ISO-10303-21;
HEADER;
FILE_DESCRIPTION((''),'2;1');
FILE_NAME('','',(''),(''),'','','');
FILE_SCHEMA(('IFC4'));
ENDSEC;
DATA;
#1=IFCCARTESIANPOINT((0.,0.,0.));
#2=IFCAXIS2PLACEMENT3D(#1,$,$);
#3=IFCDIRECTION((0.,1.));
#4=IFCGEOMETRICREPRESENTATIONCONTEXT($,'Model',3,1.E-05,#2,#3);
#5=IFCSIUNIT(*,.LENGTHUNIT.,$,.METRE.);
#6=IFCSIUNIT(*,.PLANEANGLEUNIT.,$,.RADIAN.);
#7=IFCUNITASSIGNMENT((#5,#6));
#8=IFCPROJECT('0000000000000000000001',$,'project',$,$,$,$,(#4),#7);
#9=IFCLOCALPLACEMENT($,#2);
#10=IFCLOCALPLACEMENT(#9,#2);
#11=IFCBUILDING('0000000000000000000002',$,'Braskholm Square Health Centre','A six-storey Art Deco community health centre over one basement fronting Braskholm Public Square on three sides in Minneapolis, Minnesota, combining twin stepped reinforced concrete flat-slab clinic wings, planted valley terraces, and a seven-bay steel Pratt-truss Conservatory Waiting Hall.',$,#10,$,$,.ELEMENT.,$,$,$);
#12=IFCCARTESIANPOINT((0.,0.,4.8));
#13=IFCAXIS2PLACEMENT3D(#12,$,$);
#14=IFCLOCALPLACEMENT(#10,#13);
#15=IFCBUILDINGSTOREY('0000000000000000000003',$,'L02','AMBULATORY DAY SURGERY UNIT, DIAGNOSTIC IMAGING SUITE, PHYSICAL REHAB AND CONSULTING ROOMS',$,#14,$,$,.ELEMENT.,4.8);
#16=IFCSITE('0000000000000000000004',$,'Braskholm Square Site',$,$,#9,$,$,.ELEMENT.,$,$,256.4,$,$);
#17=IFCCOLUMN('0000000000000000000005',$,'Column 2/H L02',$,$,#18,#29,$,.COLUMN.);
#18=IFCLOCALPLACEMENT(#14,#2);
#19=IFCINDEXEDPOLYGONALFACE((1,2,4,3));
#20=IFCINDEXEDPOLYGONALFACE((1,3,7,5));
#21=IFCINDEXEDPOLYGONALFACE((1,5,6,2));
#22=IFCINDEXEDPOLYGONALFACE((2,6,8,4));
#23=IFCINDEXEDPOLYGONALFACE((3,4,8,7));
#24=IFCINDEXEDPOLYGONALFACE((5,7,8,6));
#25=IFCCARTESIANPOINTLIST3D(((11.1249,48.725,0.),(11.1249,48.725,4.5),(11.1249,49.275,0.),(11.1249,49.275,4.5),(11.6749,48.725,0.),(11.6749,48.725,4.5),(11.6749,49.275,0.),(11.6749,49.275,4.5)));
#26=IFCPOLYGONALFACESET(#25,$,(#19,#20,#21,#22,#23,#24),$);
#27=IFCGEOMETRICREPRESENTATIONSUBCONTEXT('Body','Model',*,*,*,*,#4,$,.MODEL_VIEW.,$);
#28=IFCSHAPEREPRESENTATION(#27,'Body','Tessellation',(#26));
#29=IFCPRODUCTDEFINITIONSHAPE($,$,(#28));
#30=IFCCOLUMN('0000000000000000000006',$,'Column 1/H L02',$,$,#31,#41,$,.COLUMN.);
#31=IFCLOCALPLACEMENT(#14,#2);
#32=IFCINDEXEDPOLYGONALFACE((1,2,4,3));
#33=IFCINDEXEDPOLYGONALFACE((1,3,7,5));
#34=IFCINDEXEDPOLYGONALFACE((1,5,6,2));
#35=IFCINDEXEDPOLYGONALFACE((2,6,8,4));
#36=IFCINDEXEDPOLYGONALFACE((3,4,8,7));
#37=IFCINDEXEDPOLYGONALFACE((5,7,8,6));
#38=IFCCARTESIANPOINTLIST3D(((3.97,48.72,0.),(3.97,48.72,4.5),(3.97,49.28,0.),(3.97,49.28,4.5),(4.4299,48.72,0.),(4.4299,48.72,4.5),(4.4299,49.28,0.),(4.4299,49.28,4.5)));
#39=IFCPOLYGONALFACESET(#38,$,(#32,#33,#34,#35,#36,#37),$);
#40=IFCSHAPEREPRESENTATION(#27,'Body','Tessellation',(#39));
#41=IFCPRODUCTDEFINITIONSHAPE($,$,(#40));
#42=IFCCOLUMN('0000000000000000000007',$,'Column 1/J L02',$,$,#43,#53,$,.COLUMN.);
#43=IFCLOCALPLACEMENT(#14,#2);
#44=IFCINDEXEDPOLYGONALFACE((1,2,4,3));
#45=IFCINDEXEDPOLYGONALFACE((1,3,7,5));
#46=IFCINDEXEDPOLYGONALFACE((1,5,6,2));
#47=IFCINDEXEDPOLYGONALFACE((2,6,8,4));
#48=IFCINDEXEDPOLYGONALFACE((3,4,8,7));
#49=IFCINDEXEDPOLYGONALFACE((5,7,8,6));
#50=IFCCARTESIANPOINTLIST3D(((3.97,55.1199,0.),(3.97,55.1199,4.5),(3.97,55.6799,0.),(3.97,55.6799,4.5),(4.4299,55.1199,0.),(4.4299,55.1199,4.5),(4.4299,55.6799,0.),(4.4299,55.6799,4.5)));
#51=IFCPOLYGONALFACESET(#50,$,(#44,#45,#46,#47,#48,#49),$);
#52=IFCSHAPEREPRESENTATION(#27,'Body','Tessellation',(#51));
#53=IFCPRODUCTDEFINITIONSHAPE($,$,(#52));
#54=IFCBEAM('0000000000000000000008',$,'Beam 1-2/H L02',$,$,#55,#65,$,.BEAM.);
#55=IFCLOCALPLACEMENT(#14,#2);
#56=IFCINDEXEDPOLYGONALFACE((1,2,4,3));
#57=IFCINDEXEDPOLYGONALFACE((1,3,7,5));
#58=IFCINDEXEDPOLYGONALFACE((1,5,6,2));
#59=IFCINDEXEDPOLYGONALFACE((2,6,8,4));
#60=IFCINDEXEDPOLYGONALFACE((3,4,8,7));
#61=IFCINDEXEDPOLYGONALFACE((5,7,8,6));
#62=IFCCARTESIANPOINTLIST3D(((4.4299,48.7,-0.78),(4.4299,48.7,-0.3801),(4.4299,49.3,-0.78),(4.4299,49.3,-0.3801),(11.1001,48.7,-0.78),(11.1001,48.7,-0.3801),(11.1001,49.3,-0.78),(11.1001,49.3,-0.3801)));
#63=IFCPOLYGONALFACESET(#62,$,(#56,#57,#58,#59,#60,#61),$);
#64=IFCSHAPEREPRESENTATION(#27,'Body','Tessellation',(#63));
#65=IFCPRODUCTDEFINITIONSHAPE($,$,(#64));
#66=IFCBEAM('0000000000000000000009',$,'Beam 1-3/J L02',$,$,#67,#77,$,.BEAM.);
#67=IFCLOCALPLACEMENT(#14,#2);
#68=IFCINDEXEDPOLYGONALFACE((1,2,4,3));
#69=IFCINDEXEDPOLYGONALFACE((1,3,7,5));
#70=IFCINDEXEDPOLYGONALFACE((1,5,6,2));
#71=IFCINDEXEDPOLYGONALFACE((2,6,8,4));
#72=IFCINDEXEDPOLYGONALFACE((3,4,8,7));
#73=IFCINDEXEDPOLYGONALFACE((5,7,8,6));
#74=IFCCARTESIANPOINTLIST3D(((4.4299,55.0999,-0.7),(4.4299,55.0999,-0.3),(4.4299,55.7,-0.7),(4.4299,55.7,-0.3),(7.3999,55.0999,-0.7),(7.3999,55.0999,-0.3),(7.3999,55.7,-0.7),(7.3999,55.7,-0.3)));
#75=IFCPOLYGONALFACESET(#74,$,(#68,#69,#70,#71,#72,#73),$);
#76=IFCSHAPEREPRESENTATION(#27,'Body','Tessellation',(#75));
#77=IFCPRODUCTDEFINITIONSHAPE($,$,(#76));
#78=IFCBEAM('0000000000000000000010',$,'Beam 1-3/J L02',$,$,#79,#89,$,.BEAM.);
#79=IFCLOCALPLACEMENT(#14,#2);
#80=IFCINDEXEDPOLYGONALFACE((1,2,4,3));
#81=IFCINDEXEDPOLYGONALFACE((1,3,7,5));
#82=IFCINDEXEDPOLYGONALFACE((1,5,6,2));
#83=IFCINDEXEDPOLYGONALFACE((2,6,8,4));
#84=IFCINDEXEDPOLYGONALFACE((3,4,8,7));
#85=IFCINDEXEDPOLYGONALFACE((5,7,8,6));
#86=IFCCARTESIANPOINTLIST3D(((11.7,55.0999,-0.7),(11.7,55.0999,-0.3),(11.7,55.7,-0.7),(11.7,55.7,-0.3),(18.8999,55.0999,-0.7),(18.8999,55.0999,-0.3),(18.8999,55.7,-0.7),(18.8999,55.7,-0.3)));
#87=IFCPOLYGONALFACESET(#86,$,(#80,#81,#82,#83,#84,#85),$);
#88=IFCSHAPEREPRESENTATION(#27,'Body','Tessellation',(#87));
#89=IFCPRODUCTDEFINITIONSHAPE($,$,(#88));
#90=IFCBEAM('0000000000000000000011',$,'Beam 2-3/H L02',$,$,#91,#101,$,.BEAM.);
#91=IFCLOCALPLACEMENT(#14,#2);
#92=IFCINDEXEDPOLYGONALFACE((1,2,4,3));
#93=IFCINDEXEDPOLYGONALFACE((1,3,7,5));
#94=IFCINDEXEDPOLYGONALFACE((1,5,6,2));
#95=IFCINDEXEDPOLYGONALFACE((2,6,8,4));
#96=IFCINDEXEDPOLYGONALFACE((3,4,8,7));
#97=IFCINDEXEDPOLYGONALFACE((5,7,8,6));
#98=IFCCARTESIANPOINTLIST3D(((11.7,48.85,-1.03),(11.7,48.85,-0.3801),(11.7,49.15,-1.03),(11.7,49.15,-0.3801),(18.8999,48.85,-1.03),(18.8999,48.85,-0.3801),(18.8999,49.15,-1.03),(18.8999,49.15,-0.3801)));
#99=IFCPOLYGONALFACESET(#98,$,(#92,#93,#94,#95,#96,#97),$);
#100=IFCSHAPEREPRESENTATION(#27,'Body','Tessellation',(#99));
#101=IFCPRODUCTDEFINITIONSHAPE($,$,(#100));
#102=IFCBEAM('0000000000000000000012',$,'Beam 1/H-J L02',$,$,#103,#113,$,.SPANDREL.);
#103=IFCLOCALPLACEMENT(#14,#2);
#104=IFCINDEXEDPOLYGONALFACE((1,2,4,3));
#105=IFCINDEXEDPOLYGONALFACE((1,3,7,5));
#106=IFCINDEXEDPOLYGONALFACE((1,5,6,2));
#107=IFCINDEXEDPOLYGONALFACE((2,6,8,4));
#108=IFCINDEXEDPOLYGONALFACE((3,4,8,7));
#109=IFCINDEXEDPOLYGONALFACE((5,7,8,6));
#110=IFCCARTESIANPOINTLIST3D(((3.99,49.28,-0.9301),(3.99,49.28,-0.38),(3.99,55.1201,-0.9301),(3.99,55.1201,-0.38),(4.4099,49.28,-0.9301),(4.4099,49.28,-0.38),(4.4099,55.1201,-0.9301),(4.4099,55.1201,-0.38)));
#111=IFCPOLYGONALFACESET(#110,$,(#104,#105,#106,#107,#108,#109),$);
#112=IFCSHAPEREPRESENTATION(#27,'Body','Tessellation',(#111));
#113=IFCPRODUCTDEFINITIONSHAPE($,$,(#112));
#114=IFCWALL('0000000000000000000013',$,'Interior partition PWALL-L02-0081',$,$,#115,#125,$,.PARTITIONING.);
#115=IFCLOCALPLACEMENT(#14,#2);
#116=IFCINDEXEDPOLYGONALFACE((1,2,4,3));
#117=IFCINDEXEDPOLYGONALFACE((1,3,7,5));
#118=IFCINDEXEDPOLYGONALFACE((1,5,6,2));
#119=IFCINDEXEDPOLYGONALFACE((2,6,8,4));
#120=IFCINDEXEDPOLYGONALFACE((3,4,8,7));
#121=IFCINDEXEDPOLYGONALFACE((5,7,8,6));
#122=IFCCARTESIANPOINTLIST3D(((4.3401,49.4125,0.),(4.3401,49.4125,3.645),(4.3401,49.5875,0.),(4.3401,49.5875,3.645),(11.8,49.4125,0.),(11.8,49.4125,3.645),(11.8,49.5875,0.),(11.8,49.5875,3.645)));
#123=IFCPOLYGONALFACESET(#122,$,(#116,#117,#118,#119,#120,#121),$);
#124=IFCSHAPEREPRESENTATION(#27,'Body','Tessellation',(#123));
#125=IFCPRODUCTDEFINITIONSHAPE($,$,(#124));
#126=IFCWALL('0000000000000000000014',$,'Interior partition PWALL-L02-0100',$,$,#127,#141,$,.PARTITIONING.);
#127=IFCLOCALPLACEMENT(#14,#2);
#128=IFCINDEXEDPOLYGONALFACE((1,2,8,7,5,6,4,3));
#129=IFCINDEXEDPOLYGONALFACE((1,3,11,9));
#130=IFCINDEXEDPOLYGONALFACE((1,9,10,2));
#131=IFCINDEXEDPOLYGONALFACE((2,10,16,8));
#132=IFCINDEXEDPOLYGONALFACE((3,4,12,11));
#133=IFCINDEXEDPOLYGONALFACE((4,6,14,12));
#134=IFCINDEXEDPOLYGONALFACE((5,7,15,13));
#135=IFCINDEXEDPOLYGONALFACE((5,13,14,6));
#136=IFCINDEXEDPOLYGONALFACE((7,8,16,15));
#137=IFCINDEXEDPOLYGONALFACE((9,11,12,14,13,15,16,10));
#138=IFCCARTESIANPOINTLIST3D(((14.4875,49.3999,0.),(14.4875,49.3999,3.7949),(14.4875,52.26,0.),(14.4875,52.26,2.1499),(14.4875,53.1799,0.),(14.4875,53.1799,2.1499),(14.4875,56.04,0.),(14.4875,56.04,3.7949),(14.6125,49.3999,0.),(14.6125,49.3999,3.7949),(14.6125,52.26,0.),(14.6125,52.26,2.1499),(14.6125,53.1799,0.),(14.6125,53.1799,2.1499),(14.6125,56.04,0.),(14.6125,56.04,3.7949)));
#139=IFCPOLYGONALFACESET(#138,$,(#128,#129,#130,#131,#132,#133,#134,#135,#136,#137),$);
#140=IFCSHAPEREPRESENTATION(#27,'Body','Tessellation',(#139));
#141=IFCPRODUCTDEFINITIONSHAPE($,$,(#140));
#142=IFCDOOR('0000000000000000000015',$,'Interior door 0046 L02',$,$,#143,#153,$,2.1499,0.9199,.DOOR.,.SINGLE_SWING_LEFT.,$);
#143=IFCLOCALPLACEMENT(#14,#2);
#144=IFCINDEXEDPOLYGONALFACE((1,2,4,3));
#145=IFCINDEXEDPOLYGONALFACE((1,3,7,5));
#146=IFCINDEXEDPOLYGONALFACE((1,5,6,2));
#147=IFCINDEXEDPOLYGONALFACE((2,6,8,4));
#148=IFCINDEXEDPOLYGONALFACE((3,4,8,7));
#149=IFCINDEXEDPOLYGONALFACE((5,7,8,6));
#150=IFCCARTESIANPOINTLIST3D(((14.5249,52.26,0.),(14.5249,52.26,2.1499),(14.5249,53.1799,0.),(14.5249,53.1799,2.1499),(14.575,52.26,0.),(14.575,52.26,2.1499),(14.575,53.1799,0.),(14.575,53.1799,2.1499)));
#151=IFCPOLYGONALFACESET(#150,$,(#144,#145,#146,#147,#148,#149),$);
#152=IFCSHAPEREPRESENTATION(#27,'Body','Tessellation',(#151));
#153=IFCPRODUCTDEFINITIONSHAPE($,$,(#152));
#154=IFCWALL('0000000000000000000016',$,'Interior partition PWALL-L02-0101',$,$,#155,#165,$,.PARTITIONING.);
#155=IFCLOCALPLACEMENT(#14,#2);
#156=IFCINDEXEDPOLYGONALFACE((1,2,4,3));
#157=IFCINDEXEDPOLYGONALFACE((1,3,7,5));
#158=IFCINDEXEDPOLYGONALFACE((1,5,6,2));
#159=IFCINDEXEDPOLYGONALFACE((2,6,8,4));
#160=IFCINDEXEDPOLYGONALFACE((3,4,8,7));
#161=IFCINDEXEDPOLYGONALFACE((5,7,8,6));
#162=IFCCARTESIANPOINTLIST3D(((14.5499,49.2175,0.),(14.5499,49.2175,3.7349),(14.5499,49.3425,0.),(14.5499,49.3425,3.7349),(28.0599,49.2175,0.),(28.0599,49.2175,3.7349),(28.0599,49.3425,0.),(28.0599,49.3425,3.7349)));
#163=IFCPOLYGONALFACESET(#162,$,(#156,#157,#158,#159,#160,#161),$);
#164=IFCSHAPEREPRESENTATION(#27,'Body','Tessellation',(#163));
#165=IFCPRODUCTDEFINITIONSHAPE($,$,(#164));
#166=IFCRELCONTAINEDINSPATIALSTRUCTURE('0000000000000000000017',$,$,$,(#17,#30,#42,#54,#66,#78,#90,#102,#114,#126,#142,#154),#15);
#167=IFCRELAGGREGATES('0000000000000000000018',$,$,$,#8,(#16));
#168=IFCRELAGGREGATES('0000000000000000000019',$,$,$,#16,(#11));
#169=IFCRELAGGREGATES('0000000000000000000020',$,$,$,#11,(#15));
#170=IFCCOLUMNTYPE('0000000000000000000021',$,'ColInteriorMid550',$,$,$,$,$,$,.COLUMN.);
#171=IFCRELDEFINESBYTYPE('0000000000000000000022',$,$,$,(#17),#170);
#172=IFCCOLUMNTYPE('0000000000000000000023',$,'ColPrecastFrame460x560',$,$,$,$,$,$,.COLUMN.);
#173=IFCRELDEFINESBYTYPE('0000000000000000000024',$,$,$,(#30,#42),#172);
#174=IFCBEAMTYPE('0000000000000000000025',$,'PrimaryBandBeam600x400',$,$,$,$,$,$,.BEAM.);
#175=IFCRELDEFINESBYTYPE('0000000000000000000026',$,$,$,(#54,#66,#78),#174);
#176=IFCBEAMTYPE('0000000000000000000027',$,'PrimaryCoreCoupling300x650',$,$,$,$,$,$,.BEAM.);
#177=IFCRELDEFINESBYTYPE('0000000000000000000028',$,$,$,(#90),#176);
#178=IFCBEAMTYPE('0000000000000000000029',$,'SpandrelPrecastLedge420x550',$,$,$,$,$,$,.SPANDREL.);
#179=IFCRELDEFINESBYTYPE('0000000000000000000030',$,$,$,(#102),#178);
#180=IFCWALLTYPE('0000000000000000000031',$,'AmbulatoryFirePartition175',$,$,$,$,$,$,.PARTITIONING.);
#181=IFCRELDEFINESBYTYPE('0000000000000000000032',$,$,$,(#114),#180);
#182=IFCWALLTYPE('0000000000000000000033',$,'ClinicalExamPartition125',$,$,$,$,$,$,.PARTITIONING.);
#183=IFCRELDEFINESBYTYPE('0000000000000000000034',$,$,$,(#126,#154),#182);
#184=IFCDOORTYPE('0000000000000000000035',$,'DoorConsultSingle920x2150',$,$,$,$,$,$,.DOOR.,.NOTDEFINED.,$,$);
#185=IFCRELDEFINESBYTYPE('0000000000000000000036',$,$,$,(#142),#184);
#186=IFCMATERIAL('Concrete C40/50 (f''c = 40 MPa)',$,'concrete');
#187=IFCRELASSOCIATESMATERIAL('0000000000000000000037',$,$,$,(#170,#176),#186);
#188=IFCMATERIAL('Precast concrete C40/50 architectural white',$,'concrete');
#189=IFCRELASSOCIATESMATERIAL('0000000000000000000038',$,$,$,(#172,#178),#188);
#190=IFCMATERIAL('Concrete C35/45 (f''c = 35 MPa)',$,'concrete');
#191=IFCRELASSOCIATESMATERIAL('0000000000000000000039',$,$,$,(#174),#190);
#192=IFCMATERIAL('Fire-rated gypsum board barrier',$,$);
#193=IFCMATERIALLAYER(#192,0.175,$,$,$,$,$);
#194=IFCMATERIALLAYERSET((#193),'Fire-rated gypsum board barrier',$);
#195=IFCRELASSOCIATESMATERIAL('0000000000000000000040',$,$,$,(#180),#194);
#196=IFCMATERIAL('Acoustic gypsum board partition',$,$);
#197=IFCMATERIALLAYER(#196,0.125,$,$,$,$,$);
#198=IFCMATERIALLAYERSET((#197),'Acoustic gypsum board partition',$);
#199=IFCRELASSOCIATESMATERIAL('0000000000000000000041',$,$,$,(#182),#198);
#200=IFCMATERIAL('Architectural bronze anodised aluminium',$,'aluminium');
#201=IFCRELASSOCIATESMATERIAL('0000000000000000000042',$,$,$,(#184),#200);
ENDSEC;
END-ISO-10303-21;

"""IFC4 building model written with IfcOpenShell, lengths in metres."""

from ifc_helpers import new_model, si_unit, direction, frame, frame_2d, origin, origin_2d, place, context, subcontext, project, spatial, rectangle, extrude, material, layer, layer_set, material_profile, profile_set, type_object, element, fill, save


model = new_model("IFC4")

# Units and contexts
model_context = context("Model", 3, precision=1e-05, world=origin(), true_north=direction((0.0, 1.0)))
body_context = subcontext(model_context, "Body", "Model", "MODEL_VIEW")
ifc_project = project(units=[si_unit("LENGTHUNIT", "METRE"), si_unit("PLANEANGLEUNIT", "RADIAN")], contexts=[model_context])

# Site, building, storey
site_placement = place(None, origin())
site = spatial("IfcSite", under=ifc_project, at=site_placement, Name="Braskholm Square Site", CompositionType="ELEMENT", RefElevation=256.4)
building_placement = place(site_placement, origin())
building = spatial("IfcBuilding", under=site, at=building_placement, Name="Braskholm Square Health Centre", Description="A six-storey Art Deco community health centre over one basement fronting Braskholm Public Square on three sides in Minneapolis, Minnesota, combining twin stepped reinforced concrete flat-slab clinic wings, planted valley terraces, and a seven-bay steel Pratt-truss Conservatory Waiting Hall.", CompositionType="ELEMENT")
storey_placement = place(building_placement, frame((0.0, 0.0, 4.8)))
storey = spatial("IfcBuildingStorey", under=building, at=storey_placement, Name="L02", Description="AMBULATORY DAY SURGERY UNIT, DIAGNOSTIC IMAGING SUITE, PHYSICAL REHAB AND CONSULTING ROOMS", CompositionType="ELEMENT", Elevation=4.8)

# Columns
ifc_material_1 = material(Name="Concrete C40/50 (f'c = 40 MPa)", Category="concrete")
ifc_material_profile_1 = material_profile(ifc_material_1, rectangle(XDim=0.55, YDim=0.55, at=origin_2d()), Name="RC-550X550")
ifc_profile_set_1 = profile_set([ifc_material_profile_1], Name="Concrete C40/50 (f'c = 40 MPa)")
column_type_1 = type_object("IfcColumnType", Name="ColInteriorMid550", PredefinedType="COLUMN", material=ifc_profile_set_1)
column_placement = place(storey_placement, frame((11.3999, 49.0, 0.0), z_axis=(0.0, 0.0, 1.0), x_axis=(1.0, 0.0, 0.0)))
element("IfcColumn", 1, at=column_placement, inside=storey, type_object=column_type_1, Name="Column 2/H L02", PredefinedType="COLUMN", context=body_context, shape_type="SweptSolid", body=[
    extrude(rectangle(XDim=0.55, YDim=0.55, at=origin_2d()), origin(), (0.0, 0.0, 1.0), 4.5),
])
ifc_material_2 = material(Name="Precast concrete C40/50 architectural white", Category="concrete")
ifc_material_profile_2 = material_profile(ifc_material_2, rectangle(XDim=0.46, YDim=0.5601, at=origin_2d()), Name="RC-460X560")
ifc_profile_set_2 = profile_set([ifc_material_profile_2], Name="Precast concrete C40/50 architectural white")
column_type_2 = type_object("IfcColumnType", Name="ColPrecastFrame460x560", PredefinedType="COLUMN", material=ifc_profile_set_2)
for number, where, z_axis, x_axis, name in (
    (2, (4.2, 49.0, 0.0), (0.0, 0.0, 1.0), (1.0, 0.0, 0.0), "Column 1/H L02"),
    (3, (4.2, 55.3999, 0.0), (0.0, 0.0, 1.0), (1.0, 0.0, 0.0), "Column 1/J L02"),
):
    element("IfcColumn", number, at=place(storey_placement, frame(where, z_axis=z_axis, x_axis=x_axis)), inside=storey, type_object=column_type_2, Name=name, PredefinedType="COLUMN", context=body_context, shape_type="SweptSolid", body=[
        extrude(rectangle(XDim=0.46, YDim=0.5601, at=origin_2d()), origin(), (0.0, 0.0, 1.0), 4.5),
    ])

# Beams
ifc_material_3 = material(Name="Concrete C35/45 (f'c = 35 MPa)", Category="concrete")
ifc_material_profile_3 = material_profile(ifc_material_3, rectangle(XDim=0.6001, YDim=0.3999, at=origin_2d()), Name="RCB-600X400")
ifc_profile_set_3 = profile_set([ifc_material_profile_3], Name="Concrete C35/45 (f'c = 35 MPa)")
beam_type_1 = type_object("IfcBeamType", Name="PrimaryBandBeam600x400", PredefinedType="BEAM", material=ifc_profile_set_3)
beam_1_placement = place(storey_placement, frame((4.4299, 49.0, -0.5801), z_axis=(1.0, 0.0, 0.0), x_axis=(0.0, 1.0, 0.0)))
element("IfcBeam", 4, at=beam_1_placement, inside=storey, type_object=beam_type_1, Name="Beam 1-2/H L02", PredefinedType="BEAM", context=body_context, shape_type="SweptSolid", body=[
    extrude(rectangle(XDim=0.6001, YDim=0.3999, at=origin_2d()), origin(), (0.0, 0.0, 1.0), 6.6702),
])
beam_2_placement = place(storey_placement, frame((4.4299, 55.3999, -0.5), z_axis=(1.0, 0.0, 0.0), x_axis=(0.0, 1.0, 0.0)))
element("IfcBeam", 5, at=beam_2_placement, inside=storey, type_object=beam_type_1, Name="Beam 1-3/J L02", PredefinedType="BEAM", context=body_context, shape_type="SweptSolid", body=[
    extrude(rectangle(XDim=0.6001, YDim=0.3999, at=origin_2d()), origin(), (0.0, 0.0, 1.0), 2.97),
])
beam_3_placement = place(storey_placement, frame((11.7, 55.3999, -0.5), z_axis=(1.0, 0.0, 0.0), x_axis=(0.0, 1.0, 0.0)))
element("IfcBeam", 6, at=beam_3_placement, inside=storey, type_object=beam_type_1, Name="Beam 1-3/J L02", PredefinedType="BEAM", context=body_context, shape_type="SweptSolid", body=[
    extrude(rectangle(XDim=0.6001, YDim=0.3999, at=origin_2d()), origin(), (0.0, 0.0, 1.0), 7.2),
])
ifc_material_profile_4 = material_profile(ifc_material_1, rectangle(XDim=0.3, YDim=0.6499, at=origin_2d()), Name="RCB-300X650")
ifc_profile_set_4 = profile_set([ifc_material_profile_4], Name="Concrete C40/50 (f'c = 40 MPa)")
beam_type_2 = type_object("IfcBeamType", Name="PrimaryCoreCoupling300x650", PredefinedType="BEAM", material=ifc_profile_set_4)
beam_4_placement = place(storey_placement, frame((11.7, 49.0, -0.7051), z_axis=(1.0, 0.0, 0.0), x_axis=(0.0, 1.0, 0.0)))
element("IfcBeam", 7, at=beam_4_placement, inside=storey, type_object=beam_type_2, Name="Beam 2-3/H L02", PredefinedType="BEAM", context=body_context, shape_type="SweptSolid", body=[
    extrude(rectangle(XDim=0.3, YDim=0.6499, at=origin_2d()), origin(), (0.0, 0.0, 1.0), 7.2),
])
ifc_material_profile_5 = material_profile(ifc_material_2, rectangle(XDim=0.4199, YDim=0.55, at=origin_2d()), Name="RCB-420X550")
ifc_profile_set_5 = profile_set([ifc_material_profile_5], Name="Precast concrete C40/50 architectural white")
beam_type_3 = type_object("IfcBeamType", Name="SpandrelPrecastLedge420x550", PredefinedType="SPANDREL", material=ifc_profile_set_5)
beam_5_placement = place(storey_placement, frame((4.2, 49.28, -0.655), z_axis=(0.0, 1.0, 0.0), x_axis=(-1.0, 0.0, 0.0)))
element("IfcBeam", 8, at=beam_5_placement, inside=storey, type_object=beam_type_3, Name="Beam 1/H-J L02", PredefinedType="SPANDREL", context=body_context, shape_type="SweptSolid", body=[
    extrude(rectangle(XDim=0.4199, YDim=0.55, at=origin_2d()), origin(), (0.0, 0.0, 1.0), 5.8401),
])

# Wall
ifc_material_4 = material(Name="Fire-rated gypsum board barrier")
ifc_layer_1 = layer(ifc_material_4, 0.175)
ifc_layer_set_1 = layer_set([ifc_layer_1], Name="Fire-rated gypsum board barrier")
wall_type_1 = type_object("IfcWallType", Name="AmbulatoryFirePartition175", PredefinedType="PARTITIONING", material=ifc_layer_set_1)
wall_1_placement = place(storey_placement, frame((4.3401, 49.5, 0.0), z_axis=(0.0, 0.0, 1.0), x_axis=(1.0, 0.0, 0.0)))
element("IfcWall", 9, at=wall_1_placement, inside=storey, type_object=wall_type_1, Name="Interior partition PWALL-L02-0081", PredefinedType="PARTITIONING", context=body_context, shape_type="SweptSolid", body=[
    extrude(rectangle(XDim=7.46, YDim=0.175, at=frame_2d((3.73, 0.0))), origin(), (0.0, 0.0, 1.0), 3.645),
])

# Wall, opening, door
ifc_material_5 = material(Name="Acoustic gypsum board partition")
ifc_layer_2 = layer(ifc_material_5, 0.125)
ifc_layer_set_2 = layer_set([ifc_layer_2], Name="Acoustic gypsum board partition")
wall_type_2 = type_object("IfcWallType", Name="ClinicalExamPartition125", PredefinedType="PARTITIONING", material=ifc_layer_set_2)
wall_2_placement = place(storey_placement, frame((14.55, 49.3999, 0.0), z_axis=(0.0, 0.0, 1.0), x_axis=(0.0, 1.0, 0.0)))
wall_2 = element("IfcWall", 10, at=wall_2_placement, inside=storey, type_object=wall_type_2, Name="Interior partition PWALL-L02-0100", PredefinedType="PARTITIONING", context=body_context, shape_type="SweptSolid", body=[
    extrude(rectangle(XDim=6.6401, YDim=0.125, at=frame_2d((3.3201, 0.0))), origin(), (0.0, 0.0, 1.0), 3.7949),
])
opening_1_placement = place(wall_2_placement, frame((2.8601, 0.0, 0.0)))
opening_1 = element("IfcOpeningElement", 11, at=opening_1_placement, cuts=wall_2, PredefinedType="OPENING", context=body_context, shape_type="SweptSolid", body=[
    extrude(rectangle(XDim=0.9199, YDim=2.1499, at=frame_2d((0.46, 1.075))), frame((0.0, 0.0725, 0.0), z_axis=(0.0, -1.0, 0.0), x_axis=(1.0, 0.0, 0.0)), (0.0, 0.0, 1.0), 0.145),
])
ifc_material_6 = material(Name="Architectural bronze anodised aluminium", Category="aluminium")
door_type_1 = type_object("IfcDoorType", Name="DoorConsultSingle920x2150", OperationType="NOTDEFINED", PredefinedType="DOOR", material=ifc_material_6)
door_1_placement = place(opening_1_placement, frame((0.9199, 0.0, 0.0), z_axis=(0.0, 0.0, 1.0), x_axis=(-1.0, 0.0, 0.0)))
door_1 = element("IfcDoor", 12, at=door_1_placement, inside=storey, type_object=door_type_1, Name="Interior door 0046 L02", OperationType="SINGLE_SWING_LEFT", OverallHeight=2.1499, OverallWidth=0.9199, PredefinedType="DOOR", context=body_context, shape_type="SweptSolid", body=[
    extrude(rectangle(XDim=0.9199, YDim=2.1499, at=frame_2d((0.46, 1.075))), frame((0.0, 0.0249, 0.0), z_axis=(0.0, -1.0, 0.0), x_axis=(1.0, 0.0, 0.0)), (0.0, 0.0, 1.0), 0.05),
])
fill(opening_1, door_1)

# Wall
wall_3_placement = place(storey_placement, frame((14.55, 49.28, 0.0), z_axis=(0.0, 0.0, 1.0), x_axis=(1.0, 0.0, 0.0)))
element("IfcWall", 13, at=wall_3_placement, inside=storey, type_object=wall_type_2, Name="Interior partition PWALL-L02-0101", PredefinedType="PARTITIONING", context=body_context, shape_type="SweptSolid", body=[
    extrude(rectangle(XDim=13.51, YDim=0.125, at=frame_2d((6.7549, 0.0))), origin(), (0.0, 0.0, 1.0), 3.7349),
])

save(model, "model.ifc")
